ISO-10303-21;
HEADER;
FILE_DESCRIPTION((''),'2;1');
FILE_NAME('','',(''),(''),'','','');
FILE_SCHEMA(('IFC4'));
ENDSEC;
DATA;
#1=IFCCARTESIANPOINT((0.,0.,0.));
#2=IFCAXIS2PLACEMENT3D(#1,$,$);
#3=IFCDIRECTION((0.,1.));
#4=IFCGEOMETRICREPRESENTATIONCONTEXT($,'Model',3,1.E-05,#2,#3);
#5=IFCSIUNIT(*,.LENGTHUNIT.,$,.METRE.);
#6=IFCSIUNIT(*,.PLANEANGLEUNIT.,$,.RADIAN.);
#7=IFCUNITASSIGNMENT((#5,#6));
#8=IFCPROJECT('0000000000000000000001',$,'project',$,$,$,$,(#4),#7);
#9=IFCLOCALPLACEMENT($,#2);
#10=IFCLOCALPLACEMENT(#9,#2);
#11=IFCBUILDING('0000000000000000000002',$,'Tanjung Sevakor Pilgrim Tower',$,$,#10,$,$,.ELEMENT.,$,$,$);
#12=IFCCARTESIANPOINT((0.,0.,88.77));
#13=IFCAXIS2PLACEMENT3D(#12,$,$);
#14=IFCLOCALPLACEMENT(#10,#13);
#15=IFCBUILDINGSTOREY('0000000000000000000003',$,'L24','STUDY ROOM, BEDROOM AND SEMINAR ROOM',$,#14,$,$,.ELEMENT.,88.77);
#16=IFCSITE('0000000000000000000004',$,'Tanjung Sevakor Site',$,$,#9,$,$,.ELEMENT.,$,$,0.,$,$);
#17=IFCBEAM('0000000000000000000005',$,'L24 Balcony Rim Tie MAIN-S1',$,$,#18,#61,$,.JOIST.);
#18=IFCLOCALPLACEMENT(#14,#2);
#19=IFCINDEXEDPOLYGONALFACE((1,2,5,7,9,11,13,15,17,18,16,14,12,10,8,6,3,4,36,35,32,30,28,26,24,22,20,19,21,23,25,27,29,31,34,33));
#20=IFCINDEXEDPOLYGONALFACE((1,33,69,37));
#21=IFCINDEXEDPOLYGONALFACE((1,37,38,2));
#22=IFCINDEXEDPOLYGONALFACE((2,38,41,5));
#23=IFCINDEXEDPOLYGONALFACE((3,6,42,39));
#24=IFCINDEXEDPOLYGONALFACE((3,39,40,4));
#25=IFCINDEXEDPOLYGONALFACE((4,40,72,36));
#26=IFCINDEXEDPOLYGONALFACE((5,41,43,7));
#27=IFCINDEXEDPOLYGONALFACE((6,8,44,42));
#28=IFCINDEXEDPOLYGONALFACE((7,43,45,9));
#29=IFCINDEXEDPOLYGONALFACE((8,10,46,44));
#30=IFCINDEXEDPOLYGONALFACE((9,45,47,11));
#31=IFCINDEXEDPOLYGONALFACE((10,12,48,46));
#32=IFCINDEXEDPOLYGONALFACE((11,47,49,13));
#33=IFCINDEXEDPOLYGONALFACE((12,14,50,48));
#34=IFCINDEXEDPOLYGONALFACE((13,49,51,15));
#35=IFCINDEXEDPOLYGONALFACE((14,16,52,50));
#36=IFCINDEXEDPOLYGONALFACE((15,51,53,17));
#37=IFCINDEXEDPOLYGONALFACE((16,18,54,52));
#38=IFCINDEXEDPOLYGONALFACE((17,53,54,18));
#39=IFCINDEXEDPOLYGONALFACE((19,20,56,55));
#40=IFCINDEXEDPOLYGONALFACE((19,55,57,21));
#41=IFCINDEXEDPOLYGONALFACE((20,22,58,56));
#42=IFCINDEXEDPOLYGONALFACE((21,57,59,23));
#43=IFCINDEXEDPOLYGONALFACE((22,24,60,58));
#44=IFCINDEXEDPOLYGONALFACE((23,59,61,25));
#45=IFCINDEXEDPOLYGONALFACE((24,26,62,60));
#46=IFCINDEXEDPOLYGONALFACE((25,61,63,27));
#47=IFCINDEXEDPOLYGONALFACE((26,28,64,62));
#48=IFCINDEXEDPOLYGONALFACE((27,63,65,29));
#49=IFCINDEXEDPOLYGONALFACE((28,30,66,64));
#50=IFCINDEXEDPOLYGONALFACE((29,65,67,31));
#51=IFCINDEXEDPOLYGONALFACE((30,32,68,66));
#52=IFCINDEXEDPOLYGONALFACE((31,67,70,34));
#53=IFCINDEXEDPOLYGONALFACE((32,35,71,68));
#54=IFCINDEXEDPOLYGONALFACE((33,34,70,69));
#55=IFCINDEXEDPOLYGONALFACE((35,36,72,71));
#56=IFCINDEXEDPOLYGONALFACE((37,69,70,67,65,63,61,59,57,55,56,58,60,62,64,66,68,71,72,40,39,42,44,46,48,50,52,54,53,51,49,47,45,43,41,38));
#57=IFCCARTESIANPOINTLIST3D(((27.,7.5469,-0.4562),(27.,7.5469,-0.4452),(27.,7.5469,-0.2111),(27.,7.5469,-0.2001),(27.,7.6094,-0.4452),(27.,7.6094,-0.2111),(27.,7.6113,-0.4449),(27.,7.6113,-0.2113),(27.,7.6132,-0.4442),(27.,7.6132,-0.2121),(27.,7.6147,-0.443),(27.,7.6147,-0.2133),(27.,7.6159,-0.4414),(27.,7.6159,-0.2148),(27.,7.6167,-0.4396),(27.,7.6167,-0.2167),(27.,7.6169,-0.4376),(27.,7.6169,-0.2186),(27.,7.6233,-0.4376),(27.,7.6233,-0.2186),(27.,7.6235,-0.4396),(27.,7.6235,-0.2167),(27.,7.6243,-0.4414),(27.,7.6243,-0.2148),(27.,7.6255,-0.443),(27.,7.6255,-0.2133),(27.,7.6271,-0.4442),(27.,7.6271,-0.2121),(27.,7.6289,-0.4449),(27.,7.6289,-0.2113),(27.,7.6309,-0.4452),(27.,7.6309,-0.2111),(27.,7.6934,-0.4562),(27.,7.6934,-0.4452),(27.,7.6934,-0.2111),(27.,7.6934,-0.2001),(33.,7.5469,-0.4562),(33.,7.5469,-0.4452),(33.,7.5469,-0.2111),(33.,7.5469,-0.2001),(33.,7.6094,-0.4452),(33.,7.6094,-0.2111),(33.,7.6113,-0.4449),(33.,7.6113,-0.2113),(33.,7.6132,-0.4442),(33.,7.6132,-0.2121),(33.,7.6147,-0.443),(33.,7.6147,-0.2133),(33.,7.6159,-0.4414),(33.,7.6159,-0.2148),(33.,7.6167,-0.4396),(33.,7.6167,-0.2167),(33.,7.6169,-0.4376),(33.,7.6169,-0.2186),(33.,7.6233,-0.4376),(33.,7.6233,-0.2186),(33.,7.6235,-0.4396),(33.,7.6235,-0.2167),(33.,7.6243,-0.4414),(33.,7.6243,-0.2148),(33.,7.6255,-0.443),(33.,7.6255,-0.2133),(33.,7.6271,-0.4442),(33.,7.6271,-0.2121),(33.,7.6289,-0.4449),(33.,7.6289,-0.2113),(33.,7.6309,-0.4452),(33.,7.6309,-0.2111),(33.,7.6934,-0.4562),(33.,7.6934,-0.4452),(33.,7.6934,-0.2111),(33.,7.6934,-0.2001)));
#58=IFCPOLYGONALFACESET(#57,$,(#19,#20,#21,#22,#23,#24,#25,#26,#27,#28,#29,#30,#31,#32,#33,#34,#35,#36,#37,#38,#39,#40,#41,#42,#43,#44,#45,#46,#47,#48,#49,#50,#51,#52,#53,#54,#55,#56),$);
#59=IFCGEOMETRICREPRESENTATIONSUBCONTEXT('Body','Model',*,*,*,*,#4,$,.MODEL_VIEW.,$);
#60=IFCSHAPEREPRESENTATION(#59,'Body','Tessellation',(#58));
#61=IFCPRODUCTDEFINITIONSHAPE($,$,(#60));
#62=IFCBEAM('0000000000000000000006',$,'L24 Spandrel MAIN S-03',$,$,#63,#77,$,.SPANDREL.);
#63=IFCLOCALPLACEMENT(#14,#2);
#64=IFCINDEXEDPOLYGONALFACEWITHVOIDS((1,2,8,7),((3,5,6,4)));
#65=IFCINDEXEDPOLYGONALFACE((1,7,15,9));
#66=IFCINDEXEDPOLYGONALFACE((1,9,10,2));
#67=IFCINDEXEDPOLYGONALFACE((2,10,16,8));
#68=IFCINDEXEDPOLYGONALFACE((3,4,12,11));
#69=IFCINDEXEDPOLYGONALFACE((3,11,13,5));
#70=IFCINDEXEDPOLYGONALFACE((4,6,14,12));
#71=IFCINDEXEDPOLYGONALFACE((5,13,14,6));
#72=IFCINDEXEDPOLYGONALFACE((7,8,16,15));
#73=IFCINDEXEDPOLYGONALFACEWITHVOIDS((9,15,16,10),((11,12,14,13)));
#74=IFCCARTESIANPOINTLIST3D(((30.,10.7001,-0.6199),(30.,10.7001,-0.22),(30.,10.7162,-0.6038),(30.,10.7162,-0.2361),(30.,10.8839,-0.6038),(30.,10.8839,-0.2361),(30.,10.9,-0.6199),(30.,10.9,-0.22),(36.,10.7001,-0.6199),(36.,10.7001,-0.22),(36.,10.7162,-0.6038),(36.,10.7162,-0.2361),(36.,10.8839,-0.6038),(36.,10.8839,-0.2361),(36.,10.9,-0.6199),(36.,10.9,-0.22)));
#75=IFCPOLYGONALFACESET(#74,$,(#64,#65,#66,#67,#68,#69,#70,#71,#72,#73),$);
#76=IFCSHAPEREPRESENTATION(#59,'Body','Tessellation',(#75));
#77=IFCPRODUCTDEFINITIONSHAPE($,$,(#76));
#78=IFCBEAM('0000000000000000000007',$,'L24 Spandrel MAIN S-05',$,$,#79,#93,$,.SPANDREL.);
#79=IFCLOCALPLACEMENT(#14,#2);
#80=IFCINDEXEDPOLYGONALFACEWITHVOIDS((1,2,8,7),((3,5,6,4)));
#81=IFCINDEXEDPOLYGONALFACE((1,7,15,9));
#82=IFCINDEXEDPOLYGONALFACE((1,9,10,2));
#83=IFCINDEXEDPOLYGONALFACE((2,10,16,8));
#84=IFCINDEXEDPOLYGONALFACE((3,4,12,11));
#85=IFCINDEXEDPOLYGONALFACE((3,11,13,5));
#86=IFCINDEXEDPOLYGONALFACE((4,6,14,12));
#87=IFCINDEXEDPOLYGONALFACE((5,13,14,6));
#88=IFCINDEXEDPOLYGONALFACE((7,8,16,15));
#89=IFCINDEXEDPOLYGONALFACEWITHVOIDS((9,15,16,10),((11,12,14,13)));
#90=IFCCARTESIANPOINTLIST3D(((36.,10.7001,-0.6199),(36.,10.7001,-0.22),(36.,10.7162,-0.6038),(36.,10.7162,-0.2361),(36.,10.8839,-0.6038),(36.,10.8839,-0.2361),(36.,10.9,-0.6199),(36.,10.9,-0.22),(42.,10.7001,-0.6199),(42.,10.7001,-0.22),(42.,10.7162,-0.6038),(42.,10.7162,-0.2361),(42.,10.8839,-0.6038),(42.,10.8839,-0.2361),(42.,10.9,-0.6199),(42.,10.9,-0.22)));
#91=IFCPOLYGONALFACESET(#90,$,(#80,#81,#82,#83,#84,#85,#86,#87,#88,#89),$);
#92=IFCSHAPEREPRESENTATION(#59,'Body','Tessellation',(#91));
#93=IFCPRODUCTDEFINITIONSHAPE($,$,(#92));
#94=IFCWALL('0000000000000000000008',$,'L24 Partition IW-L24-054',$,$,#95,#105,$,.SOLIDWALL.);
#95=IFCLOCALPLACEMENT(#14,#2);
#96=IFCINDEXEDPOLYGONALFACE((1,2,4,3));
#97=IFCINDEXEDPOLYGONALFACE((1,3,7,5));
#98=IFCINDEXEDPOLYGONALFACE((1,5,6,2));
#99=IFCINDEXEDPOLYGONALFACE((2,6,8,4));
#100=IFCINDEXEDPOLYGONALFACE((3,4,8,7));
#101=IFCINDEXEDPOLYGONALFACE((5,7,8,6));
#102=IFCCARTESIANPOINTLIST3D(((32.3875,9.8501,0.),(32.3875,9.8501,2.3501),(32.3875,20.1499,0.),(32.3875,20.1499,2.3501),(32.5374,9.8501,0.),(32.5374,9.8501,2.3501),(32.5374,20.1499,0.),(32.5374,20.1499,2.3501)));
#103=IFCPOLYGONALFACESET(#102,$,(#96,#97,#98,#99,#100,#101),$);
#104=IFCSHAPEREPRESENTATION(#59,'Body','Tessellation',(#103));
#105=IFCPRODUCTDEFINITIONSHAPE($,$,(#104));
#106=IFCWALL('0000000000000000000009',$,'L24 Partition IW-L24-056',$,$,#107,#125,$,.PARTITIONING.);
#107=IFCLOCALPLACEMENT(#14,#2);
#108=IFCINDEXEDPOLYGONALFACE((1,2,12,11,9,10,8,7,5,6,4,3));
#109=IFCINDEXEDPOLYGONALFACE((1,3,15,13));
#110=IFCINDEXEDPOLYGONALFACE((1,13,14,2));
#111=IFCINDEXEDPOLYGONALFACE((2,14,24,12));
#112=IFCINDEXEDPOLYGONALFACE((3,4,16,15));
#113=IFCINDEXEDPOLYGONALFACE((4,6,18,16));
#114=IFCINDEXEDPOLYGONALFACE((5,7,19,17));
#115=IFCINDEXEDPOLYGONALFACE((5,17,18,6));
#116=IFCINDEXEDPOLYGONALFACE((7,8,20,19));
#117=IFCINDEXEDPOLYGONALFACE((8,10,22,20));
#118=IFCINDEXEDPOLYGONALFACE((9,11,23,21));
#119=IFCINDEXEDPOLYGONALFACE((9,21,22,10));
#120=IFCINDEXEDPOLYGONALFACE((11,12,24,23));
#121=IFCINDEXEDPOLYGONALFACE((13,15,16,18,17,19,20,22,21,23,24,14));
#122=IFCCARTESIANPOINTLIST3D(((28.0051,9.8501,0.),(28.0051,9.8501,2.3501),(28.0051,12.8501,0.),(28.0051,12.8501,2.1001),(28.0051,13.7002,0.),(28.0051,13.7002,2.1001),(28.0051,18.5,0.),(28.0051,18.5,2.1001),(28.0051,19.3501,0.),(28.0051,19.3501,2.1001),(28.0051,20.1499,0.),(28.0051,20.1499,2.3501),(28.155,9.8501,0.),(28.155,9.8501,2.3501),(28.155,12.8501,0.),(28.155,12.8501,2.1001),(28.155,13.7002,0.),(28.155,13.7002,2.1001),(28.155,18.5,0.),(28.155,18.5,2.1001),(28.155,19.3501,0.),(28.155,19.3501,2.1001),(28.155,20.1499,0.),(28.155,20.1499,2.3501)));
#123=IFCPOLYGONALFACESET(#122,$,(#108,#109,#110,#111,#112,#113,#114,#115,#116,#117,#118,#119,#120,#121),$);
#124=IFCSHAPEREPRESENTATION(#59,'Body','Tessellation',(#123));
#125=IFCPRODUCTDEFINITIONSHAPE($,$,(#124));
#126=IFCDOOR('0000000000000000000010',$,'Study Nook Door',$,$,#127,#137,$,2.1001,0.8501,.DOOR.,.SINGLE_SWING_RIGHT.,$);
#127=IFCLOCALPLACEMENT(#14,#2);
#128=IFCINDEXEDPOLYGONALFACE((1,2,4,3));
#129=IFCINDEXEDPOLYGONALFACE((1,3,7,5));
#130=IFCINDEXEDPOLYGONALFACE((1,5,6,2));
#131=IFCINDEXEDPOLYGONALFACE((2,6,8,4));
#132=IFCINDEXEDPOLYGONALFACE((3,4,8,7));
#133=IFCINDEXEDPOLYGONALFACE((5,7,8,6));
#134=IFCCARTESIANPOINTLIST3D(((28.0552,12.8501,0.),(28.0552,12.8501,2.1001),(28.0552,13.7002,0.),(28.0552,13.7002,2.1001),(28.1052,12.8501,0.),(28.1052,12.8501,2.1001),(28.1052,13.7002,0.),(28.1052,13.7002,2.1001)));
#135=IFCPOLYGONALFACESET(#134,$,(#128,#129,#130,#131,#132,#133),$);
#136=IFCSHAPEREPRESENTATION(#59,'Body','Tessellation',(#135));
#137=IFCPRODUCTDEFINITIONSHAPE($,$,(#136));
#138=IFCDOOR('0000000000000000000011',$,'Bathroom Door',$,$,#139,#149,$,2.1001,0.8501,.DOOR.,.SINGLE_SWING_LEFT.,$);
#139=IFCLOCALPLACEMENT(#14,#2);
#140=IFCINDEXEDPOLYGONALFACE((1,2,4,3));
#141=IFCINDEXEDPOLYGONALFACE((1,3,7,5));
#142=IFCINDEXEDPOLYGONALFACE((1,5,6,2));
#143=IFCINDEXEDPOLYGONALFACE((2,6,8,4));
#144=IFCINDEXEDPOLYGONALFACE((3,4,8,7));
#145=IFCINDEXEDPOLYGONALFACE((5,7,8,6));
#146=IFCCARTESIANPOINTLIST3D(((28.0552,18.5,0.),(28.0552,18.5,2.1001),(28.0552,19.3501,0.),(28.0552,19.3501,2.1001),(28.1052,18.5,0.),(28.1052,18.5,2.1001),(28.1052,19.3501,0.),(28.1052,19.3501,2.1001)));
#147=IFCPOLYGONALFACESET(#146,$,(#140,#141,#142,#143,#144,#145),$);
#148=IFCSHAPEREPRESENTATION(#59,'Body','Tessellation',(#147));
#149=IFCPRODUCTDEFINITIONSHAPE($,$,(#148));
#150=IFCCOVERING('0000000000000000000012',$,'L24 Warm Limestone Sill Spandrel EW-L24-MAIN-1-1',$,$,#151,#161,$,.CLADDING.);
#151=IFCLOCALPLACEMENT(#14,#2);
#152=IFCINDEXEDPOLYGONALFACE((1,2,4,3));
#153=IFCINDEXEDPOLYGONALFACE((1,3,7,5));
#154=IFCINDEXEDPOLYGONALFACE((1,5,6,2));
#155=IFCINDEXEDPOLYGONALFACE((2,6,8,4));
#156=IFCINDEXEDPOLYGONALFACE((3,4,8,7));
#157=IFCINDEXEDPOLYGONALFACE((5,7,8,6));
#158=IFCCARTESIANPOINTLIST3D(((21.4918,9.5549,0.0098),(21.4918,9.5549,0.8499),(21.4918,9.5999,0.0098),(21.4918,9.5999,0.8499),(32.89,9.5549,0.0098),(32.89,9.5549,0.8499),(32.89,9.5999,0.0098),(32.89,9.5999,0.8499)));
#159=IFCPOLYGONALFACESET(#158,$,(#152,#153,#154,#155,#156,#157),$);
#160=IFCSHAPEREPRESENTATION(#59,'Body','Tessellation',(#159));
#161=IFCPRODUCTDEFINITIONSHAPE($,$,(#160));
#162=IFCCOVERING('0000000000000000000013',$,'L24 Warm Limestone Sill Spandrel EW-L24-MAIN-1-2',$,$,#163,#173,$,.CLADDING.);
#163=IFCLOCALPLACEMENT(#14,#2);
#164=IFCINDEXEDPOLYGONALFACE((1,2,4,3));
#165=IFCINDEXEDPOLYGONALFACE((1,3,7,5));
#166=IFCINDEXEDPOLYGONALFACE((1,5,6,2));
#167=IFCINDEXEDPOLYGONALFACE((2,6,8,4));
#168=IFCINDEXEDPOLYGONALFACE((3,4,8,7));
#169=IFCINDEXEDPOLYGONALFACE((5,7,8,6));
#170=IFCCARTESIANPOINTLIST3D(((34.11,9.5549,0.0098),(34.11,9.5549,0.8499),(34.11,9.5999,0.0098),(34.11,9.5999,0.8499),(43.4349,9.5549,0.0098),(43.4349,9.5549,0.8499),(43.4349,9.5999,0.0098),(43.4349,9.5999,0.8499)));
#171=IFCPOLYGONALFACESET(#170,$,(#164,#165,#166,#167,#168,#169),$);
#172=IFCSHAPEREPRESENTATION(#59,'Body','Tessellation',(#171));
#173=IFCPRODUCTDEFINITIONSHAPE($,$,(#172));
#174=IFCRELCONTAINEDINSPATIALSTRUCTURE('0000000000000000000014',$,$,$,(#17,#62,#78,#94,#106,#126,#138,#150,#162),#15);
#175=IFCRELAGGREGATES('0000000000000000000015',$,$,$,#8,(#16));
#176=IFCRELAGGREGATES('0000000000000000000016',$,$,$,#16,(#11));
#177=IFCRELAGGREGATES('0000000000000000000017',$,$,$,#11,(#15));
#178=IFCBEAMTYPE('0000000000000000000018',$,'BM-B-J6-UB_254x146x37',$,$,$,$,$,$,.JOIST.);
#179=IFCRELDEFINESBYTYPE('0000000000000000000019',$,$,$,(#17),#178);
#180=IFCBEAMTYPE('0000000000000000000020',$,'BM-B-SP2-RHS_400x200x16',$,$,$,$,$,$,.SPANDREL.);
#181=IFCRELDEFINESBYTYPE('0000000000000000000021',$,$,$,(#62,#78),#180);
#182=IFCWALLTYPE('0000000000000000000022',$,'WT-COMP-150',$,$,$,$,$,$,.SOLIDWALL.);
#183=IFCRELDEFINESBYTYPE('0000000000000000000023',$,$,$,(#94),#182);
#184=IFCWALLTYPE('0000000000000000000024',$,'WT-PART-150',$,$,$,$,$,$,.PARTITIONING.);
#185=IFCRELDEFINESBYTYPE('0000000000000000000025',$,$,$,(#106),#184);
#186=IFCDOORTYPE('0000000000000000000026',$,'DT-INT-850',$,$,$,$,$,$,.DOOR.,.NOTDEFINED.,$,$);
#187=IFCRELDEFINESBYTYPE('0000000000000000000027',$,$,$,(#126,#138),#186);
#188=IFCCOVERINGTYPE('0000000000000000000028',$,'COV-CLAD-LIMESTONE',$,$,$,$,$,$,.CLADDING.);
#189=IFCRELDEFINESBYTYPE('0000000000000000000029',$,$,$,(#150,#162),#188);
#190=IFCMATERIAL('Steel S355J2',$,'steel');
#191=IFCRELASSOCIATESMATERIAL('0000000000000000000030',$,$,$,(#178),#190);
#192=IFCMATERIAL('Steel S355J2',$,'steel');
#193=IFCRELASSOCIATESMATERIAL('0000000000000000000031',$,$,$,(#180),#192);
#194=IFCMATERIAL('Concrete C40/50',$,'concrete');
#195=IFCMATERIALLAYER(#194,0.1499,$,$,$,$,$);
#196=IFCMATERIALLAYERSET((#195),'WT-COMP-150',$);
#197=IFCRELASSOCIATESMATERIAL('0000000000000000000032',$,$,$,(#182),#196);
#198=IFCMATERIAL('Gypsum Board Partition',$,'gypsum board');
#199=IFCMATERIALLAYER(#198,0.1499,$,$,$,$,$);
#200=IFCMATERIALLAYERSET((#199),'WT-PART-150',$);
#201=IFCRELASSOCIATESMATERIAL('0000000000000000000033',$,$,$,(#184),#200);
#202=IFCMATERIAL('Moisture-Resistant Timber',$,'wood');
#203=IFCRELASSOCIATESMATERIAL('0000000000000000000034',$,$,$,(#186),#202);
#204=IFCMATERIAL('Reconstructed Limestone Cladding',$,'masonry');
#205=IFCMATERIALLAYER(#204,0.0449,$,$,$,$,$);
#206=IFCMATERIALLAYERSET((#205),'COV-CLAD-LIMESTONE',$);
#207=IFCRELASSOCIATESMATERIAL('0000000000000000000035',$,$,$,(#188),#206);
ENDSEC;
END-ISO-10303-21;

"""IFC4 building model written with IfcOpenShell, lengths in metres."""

from ifc_helpers import new_model, si_unit, direction, frame, frame_2d, origin, origin_2d, place, context, subcontext, project, spatial, rectangle, hollow_rectangle, i_section, extrude, material, layer, layer_set, material_profile, profile_set, type_object, element, fill, save


model = new_model("IFC4")

# Units and contexts
model_context = context("Model", 3, precision=1e-05, world=origin(), true_north=direction((0.0, 1.0)))
body_context = subcontext(model_context, "Body", "Model", "MODEL_VIEW")
ifc_project = project(units=[si_unit("LENGTHUNIT", "METRE"), si_unit("PLANEANGLEUNIT", "RADIAN")], contexts=[model_context])

# Site, building, storey
site_placement = place(None, origin())
site = spatial("IfcSite", under=ifc_project, at=site_placement, Name="Tanjung Sevakor Site", CompositionType="ELEMENT", RefElevation=0.0)
building_placement = place(site_placement, origin())
building = spatial("IfcBuilding", under=site, at=building_placement, Name="Tanjung Sevakor Pilgrim Tower", CompositionType="ELEMENT")
storey_placement = place(building_placement, frame((0.0, 0.0, 88.77)))
storey = spatial("IfcBuildingStorey", under=building, at=storey_placement, Name="L24", Description="STUDY ROOM, BEDROOM AND SEMINAR ROOM", CompositionType="ELEMENT", Elevation=88.77)

# Beams
ifc_material_1 = material(Name="Steel S355J2", Category="steel")
ifc_material_profile_1 = material_profile(ifc_material_1, i_section(OverallWidth=0.1465, OverallDepth=0.2561, WebThickness=0.0063, FlangeThickness=0.011, FilletRadius=0.0076, at=origin_2d()))
ifc_profile_set_1 = profile_set([ifc_material_profile_1], Name="Steel S355J2")
beam_type_1 = type_object("IfcBeamType", Name="BM-B-J6-UB_254x146x37", PredefinedType="JOIST", material=ifc_profile_set_1)
beam_1_placement = place(storey_placement, frame((27.0, 7.6201, -0.3281), z_axis=(1.0, 0.0, 0.0), x_axis=(0.0, 1.0, 0.0)))
element("IfcBeam", 1, at=beam_1_placement, inside=storey, type_object=beam_type_1, Name="L24 Balcony Rim Tie MAIN-S1", PredefinedType="JOIST", context=body_context, shape_type="SweptSolid", body=[
    extrude(i_section(OverallWidth=0.1465, OverallDepth=0.2561, WebThickness=0.0063, FlangeThickness=0.011, FilletRadius=0.0076, at=origin_2d()), origin(), (0.0, 0.0, 1.0), 6.0),
])
ifc_material_2 = material(Name="Steel S355J2", Category="steel")
ifc_material_profile_2 = material_profile(ifc_material_2, hollow_rectangle(XDim=0.2, YDim=0.3999, WallThickness=0.0161, at=origin_2d()))
ifc_profile_set_2 = profile_set([ifc_material_profile_2], Name="Steel S355J2")
beam_type_2 = type_object("IfcBeamType", Name="BM-B-SP2-RHS_400x200x16", PredefinedType="SPANDREL", material=ifc_profile_set_2)
for number, where, z_axis, x_axis, name in (
    (2, (30.0, 10.8, -0.4199), (1.0, 0.0, 0.0), (0.0, 1.0, 0.0), "L24 Spandrel MAIN S-03"),
    (3, (36.0, 10.8, -0.4199), (1.0, 0.0, 0.0), (0.0, 1.0, 0.0), "L24 Spandrel MAIN S-05"),
):
    element("IfcBeam", number, at=place(storey_placement, frame(where, z_axis=z_axis, x_axis=x_axis)), inside=storey, type_object=beam_type_2, Name=name, PredefinedType="SPANDREL", context=body_context, shape_type="SweptSolid", body=[
        extrude(hollow_rectangle(XDim=0.2, YDim=0.3999, WallThickness=0.0161, at=origin_2d()), origin(), (0.0, 0.0, 1.0), 6.0),
    ])

# Wall
ifc_material_3 = material(Name="Concrete C40/50", Category="concrete")
ifc_layer_1 = layer(ifc_material_3, 0.1499)
ifc_layer_set_1 = layer_set([ifc_layer_1], Name="WT-COMP-150")
wall_type_1 = type_object("IfcWallType", Name="WT-COMP-150", PredefinedType="SOLIDWALL", material=ifc_layer_set_1)
wall_1_placement = place(storey_placement, frame((32.4624, 9.8501, 0.0), z_axis=(0.0, 0.0, 1.0), x_axis=(0.0, 1.0, 0.0)))
element("IfcWall", 4, at=wall_1_placement, inside=storey, type_object=wall_type_1, Name="L24 Partition IW-L24-054", PredefinedType="SOLIDWALL", context=body_context, shape_type="SweptSolid", body=[
    extrude(rectangle(XDim=10.2998, YDim=0.1499, at=frame_2d((5.1499, 0.0))), origin(), (0.0, 0.0, 1.0), 2.3501),
])

# Wall, openings, doors
ifc_material_4 = material(Name="Gypsum Board Partition", Category="gypsum board")
ifc_layer_2 = layer(ifc_material_4, 0.1499)
ifc_layer_set_2 = layer_set([ifc_layer_2], Name="WT-PART-150")
wall_type_2 = type_object("IfcWallType", Name="WT-PART-150", PredefinedType="PARTITIONING", material=ifc_layer_set_2)
wall_2_placement = place(storey_placement, frame((28.0801, 9.8501, 0.0), z_axis=(0.0, 0.0, 1.0), x_axis=(0.0, 1.0, 0.0)))
wall_2 = element("IfcWall", 5, at=wall_2_placement, inside=storey, type_object=wall_type_2, Name="L24 Partition IW-L24-056", PredefinedType="PARTITIONING", context=body_context, shape_type="SweptSolid", body=[
    extrude(rectangle(XDim=10.2998, YDim=0.1499, at=frame_2d((5.1499, 0.0))), origin(), (0.0, 0.0, 1.0), 2.3501),
])
opening_1_placement = place(wall_2_placement, frame((3.0, 0.0, 0.0)))
opening_1 = element("IfcOpeningElement", 6, at=opening_1_placement, cuts=wall_2, PredefinedType="OPENING", context=body_context, shape_type="SweptSolid", body=[
    extrude(rectangle(XDim=0.8501, YDim=2.1001, at=frame_2d((0.425, 1.05))), frame((0.0, 0.085, 0.0), z_axis=(0.0, -1.0, 0.0), x_axis=(1.0, 0.0, 0.0)), (0.0, 0.0, 1.0), 0.1699),
])
opening_2_placement = place(wall_2_placement, frame((8.6499, 0.0, 0.0)))
opening_2 = element("IfcOpeningElement", 7, at=opening_2_placement, cuts=wall_2, PredefinedType="OPENING", context=body_context, shape_type="SweptSolid", body=[
    extrude(rectangle(XDim=0.8501, YDim=2.1001, at=frame_2d((0.425, 1.05))), frame((0.0, 0.085, 0.0), z_axis=(0.0, -1.0, 0.0), x_axis=(1.0, 0.0, 0.0)), (0.0, 0.0, 1.0), 0.1699),
])
ifc_material_5 = material(Name="Moisture-Resistant Timber", Category="wood")
door_type = type_object("IfcDoorType", Name="DT-INT-850", OperationType="NOTDEFINED", PredefinedType="DOOR", material=ifc_material_5)
door_1_placement = place(opening_1_placement, origin())
door_1 = element("IfcDoor", 8, at=door_1_placement, inside=storey, type_object=door_type, Name="Study Nook Door", OperationType="SINGLE_SWING_RIGHT", OverallHeight=2.1001, OverallWidth=0.8501, PredefinedType="DOOR", context=body_context, shape_type="SweptSolid", body=[
    extrude(rectangle(XDim=0.8501, YDim=2.1001, at=frame_2d((0.425, 1.05))), frame((0.0, 0.0249, 0.0), z_axis=(0.0, -1.0, 0.0), x_axis=(1.0, 0.0, 0.0)), (0.0, 0.0, 1.0), 0.05),
])
fill(opening_1, door_1)
door_2_placement = place(opening_2_placement, origin())
door_2 = element("IfcDoor", 9, at=door_2_placement, inside=storey, type_object=door_type, Name="Bathroom Door", OperationType="SINGLE_SWING_LEFT", OverallHeight=2.1001, OverallWidth=0.8501, PredefinedType="DOOR", context=body_context, shape_type="SweptSolid", body=[
    extrude(rectangle(XDim=0.8501, YDim=2.1001, at=frame_2d((0.425, 1.05))), frame((0.0, 0.0249, 0.0), z_axis=(0.0, -1.0, 0.0), x_axis=(1.0, 0.0, 0.0)), (0.0, 0.0, 1.0), 0.05),
])
fill(opening_2, door_2)

# Coverings
ifc_material_6 = material(Name="Reconstructed Limestone Cladding", Category="masonry")
ifc_layer_3 = layer(ifc_material_6, 0.0449)
ifc_layer_set_3 = layer_set([ifc_layer_3], Name="COV-CLAD-LIMESTONE")
covering_type = type_object("IfcCoveringType", Name="COV-CLAD-LIMESTONE", PredefinedType="CLADDING", material=ifc_layer_set_3)
covering_1_placement = place(storey_placement, frame((27.1909, 9.5774, 0.0098), z_axis=(0.0, 0.0, 1.0), x_axis=(1.0, 0.0, 0.0)))
element("IfcCovering", 10, at=covering_1_placement, inside=storey, type_object=covering_type, Name="L24 Warm Limestone Sill Spandrel EW-L24-MAIN-1-1", PredefinedType="CLADDING", context=body_context, shape_type="SweptSolid", body=[
    extrude(rectangle(XDim=11.3982, YDim=0.0449, at=origin_2d()), origin(), (0.0, 0.0, 1.0), 0.8401),
])
covering_2_placement = place(storey_placement, frame((38.7725, 9.5774, 0.0098), z_axis=(0.0, 0.0, 1.0), x_axis=(1.0, 0.0, 0.0)))
element("IfcCovering", 11, at=covering_2_placement, inside=storey, type_object=covering_type, Name="L24 Warm Limestone Sill Spandrel EW-L24-MAIN-1-2", PredefinedType="CLADDING", context=body_context, shape_type="SweptSolid", body=[
    extrude(rectangle(XDim=9.325, YDim=0.0449, at=origin_2d()), origin(), (0.0, 0.0, 1.0), 0.8401),
])

save(model, "model.ifc")
